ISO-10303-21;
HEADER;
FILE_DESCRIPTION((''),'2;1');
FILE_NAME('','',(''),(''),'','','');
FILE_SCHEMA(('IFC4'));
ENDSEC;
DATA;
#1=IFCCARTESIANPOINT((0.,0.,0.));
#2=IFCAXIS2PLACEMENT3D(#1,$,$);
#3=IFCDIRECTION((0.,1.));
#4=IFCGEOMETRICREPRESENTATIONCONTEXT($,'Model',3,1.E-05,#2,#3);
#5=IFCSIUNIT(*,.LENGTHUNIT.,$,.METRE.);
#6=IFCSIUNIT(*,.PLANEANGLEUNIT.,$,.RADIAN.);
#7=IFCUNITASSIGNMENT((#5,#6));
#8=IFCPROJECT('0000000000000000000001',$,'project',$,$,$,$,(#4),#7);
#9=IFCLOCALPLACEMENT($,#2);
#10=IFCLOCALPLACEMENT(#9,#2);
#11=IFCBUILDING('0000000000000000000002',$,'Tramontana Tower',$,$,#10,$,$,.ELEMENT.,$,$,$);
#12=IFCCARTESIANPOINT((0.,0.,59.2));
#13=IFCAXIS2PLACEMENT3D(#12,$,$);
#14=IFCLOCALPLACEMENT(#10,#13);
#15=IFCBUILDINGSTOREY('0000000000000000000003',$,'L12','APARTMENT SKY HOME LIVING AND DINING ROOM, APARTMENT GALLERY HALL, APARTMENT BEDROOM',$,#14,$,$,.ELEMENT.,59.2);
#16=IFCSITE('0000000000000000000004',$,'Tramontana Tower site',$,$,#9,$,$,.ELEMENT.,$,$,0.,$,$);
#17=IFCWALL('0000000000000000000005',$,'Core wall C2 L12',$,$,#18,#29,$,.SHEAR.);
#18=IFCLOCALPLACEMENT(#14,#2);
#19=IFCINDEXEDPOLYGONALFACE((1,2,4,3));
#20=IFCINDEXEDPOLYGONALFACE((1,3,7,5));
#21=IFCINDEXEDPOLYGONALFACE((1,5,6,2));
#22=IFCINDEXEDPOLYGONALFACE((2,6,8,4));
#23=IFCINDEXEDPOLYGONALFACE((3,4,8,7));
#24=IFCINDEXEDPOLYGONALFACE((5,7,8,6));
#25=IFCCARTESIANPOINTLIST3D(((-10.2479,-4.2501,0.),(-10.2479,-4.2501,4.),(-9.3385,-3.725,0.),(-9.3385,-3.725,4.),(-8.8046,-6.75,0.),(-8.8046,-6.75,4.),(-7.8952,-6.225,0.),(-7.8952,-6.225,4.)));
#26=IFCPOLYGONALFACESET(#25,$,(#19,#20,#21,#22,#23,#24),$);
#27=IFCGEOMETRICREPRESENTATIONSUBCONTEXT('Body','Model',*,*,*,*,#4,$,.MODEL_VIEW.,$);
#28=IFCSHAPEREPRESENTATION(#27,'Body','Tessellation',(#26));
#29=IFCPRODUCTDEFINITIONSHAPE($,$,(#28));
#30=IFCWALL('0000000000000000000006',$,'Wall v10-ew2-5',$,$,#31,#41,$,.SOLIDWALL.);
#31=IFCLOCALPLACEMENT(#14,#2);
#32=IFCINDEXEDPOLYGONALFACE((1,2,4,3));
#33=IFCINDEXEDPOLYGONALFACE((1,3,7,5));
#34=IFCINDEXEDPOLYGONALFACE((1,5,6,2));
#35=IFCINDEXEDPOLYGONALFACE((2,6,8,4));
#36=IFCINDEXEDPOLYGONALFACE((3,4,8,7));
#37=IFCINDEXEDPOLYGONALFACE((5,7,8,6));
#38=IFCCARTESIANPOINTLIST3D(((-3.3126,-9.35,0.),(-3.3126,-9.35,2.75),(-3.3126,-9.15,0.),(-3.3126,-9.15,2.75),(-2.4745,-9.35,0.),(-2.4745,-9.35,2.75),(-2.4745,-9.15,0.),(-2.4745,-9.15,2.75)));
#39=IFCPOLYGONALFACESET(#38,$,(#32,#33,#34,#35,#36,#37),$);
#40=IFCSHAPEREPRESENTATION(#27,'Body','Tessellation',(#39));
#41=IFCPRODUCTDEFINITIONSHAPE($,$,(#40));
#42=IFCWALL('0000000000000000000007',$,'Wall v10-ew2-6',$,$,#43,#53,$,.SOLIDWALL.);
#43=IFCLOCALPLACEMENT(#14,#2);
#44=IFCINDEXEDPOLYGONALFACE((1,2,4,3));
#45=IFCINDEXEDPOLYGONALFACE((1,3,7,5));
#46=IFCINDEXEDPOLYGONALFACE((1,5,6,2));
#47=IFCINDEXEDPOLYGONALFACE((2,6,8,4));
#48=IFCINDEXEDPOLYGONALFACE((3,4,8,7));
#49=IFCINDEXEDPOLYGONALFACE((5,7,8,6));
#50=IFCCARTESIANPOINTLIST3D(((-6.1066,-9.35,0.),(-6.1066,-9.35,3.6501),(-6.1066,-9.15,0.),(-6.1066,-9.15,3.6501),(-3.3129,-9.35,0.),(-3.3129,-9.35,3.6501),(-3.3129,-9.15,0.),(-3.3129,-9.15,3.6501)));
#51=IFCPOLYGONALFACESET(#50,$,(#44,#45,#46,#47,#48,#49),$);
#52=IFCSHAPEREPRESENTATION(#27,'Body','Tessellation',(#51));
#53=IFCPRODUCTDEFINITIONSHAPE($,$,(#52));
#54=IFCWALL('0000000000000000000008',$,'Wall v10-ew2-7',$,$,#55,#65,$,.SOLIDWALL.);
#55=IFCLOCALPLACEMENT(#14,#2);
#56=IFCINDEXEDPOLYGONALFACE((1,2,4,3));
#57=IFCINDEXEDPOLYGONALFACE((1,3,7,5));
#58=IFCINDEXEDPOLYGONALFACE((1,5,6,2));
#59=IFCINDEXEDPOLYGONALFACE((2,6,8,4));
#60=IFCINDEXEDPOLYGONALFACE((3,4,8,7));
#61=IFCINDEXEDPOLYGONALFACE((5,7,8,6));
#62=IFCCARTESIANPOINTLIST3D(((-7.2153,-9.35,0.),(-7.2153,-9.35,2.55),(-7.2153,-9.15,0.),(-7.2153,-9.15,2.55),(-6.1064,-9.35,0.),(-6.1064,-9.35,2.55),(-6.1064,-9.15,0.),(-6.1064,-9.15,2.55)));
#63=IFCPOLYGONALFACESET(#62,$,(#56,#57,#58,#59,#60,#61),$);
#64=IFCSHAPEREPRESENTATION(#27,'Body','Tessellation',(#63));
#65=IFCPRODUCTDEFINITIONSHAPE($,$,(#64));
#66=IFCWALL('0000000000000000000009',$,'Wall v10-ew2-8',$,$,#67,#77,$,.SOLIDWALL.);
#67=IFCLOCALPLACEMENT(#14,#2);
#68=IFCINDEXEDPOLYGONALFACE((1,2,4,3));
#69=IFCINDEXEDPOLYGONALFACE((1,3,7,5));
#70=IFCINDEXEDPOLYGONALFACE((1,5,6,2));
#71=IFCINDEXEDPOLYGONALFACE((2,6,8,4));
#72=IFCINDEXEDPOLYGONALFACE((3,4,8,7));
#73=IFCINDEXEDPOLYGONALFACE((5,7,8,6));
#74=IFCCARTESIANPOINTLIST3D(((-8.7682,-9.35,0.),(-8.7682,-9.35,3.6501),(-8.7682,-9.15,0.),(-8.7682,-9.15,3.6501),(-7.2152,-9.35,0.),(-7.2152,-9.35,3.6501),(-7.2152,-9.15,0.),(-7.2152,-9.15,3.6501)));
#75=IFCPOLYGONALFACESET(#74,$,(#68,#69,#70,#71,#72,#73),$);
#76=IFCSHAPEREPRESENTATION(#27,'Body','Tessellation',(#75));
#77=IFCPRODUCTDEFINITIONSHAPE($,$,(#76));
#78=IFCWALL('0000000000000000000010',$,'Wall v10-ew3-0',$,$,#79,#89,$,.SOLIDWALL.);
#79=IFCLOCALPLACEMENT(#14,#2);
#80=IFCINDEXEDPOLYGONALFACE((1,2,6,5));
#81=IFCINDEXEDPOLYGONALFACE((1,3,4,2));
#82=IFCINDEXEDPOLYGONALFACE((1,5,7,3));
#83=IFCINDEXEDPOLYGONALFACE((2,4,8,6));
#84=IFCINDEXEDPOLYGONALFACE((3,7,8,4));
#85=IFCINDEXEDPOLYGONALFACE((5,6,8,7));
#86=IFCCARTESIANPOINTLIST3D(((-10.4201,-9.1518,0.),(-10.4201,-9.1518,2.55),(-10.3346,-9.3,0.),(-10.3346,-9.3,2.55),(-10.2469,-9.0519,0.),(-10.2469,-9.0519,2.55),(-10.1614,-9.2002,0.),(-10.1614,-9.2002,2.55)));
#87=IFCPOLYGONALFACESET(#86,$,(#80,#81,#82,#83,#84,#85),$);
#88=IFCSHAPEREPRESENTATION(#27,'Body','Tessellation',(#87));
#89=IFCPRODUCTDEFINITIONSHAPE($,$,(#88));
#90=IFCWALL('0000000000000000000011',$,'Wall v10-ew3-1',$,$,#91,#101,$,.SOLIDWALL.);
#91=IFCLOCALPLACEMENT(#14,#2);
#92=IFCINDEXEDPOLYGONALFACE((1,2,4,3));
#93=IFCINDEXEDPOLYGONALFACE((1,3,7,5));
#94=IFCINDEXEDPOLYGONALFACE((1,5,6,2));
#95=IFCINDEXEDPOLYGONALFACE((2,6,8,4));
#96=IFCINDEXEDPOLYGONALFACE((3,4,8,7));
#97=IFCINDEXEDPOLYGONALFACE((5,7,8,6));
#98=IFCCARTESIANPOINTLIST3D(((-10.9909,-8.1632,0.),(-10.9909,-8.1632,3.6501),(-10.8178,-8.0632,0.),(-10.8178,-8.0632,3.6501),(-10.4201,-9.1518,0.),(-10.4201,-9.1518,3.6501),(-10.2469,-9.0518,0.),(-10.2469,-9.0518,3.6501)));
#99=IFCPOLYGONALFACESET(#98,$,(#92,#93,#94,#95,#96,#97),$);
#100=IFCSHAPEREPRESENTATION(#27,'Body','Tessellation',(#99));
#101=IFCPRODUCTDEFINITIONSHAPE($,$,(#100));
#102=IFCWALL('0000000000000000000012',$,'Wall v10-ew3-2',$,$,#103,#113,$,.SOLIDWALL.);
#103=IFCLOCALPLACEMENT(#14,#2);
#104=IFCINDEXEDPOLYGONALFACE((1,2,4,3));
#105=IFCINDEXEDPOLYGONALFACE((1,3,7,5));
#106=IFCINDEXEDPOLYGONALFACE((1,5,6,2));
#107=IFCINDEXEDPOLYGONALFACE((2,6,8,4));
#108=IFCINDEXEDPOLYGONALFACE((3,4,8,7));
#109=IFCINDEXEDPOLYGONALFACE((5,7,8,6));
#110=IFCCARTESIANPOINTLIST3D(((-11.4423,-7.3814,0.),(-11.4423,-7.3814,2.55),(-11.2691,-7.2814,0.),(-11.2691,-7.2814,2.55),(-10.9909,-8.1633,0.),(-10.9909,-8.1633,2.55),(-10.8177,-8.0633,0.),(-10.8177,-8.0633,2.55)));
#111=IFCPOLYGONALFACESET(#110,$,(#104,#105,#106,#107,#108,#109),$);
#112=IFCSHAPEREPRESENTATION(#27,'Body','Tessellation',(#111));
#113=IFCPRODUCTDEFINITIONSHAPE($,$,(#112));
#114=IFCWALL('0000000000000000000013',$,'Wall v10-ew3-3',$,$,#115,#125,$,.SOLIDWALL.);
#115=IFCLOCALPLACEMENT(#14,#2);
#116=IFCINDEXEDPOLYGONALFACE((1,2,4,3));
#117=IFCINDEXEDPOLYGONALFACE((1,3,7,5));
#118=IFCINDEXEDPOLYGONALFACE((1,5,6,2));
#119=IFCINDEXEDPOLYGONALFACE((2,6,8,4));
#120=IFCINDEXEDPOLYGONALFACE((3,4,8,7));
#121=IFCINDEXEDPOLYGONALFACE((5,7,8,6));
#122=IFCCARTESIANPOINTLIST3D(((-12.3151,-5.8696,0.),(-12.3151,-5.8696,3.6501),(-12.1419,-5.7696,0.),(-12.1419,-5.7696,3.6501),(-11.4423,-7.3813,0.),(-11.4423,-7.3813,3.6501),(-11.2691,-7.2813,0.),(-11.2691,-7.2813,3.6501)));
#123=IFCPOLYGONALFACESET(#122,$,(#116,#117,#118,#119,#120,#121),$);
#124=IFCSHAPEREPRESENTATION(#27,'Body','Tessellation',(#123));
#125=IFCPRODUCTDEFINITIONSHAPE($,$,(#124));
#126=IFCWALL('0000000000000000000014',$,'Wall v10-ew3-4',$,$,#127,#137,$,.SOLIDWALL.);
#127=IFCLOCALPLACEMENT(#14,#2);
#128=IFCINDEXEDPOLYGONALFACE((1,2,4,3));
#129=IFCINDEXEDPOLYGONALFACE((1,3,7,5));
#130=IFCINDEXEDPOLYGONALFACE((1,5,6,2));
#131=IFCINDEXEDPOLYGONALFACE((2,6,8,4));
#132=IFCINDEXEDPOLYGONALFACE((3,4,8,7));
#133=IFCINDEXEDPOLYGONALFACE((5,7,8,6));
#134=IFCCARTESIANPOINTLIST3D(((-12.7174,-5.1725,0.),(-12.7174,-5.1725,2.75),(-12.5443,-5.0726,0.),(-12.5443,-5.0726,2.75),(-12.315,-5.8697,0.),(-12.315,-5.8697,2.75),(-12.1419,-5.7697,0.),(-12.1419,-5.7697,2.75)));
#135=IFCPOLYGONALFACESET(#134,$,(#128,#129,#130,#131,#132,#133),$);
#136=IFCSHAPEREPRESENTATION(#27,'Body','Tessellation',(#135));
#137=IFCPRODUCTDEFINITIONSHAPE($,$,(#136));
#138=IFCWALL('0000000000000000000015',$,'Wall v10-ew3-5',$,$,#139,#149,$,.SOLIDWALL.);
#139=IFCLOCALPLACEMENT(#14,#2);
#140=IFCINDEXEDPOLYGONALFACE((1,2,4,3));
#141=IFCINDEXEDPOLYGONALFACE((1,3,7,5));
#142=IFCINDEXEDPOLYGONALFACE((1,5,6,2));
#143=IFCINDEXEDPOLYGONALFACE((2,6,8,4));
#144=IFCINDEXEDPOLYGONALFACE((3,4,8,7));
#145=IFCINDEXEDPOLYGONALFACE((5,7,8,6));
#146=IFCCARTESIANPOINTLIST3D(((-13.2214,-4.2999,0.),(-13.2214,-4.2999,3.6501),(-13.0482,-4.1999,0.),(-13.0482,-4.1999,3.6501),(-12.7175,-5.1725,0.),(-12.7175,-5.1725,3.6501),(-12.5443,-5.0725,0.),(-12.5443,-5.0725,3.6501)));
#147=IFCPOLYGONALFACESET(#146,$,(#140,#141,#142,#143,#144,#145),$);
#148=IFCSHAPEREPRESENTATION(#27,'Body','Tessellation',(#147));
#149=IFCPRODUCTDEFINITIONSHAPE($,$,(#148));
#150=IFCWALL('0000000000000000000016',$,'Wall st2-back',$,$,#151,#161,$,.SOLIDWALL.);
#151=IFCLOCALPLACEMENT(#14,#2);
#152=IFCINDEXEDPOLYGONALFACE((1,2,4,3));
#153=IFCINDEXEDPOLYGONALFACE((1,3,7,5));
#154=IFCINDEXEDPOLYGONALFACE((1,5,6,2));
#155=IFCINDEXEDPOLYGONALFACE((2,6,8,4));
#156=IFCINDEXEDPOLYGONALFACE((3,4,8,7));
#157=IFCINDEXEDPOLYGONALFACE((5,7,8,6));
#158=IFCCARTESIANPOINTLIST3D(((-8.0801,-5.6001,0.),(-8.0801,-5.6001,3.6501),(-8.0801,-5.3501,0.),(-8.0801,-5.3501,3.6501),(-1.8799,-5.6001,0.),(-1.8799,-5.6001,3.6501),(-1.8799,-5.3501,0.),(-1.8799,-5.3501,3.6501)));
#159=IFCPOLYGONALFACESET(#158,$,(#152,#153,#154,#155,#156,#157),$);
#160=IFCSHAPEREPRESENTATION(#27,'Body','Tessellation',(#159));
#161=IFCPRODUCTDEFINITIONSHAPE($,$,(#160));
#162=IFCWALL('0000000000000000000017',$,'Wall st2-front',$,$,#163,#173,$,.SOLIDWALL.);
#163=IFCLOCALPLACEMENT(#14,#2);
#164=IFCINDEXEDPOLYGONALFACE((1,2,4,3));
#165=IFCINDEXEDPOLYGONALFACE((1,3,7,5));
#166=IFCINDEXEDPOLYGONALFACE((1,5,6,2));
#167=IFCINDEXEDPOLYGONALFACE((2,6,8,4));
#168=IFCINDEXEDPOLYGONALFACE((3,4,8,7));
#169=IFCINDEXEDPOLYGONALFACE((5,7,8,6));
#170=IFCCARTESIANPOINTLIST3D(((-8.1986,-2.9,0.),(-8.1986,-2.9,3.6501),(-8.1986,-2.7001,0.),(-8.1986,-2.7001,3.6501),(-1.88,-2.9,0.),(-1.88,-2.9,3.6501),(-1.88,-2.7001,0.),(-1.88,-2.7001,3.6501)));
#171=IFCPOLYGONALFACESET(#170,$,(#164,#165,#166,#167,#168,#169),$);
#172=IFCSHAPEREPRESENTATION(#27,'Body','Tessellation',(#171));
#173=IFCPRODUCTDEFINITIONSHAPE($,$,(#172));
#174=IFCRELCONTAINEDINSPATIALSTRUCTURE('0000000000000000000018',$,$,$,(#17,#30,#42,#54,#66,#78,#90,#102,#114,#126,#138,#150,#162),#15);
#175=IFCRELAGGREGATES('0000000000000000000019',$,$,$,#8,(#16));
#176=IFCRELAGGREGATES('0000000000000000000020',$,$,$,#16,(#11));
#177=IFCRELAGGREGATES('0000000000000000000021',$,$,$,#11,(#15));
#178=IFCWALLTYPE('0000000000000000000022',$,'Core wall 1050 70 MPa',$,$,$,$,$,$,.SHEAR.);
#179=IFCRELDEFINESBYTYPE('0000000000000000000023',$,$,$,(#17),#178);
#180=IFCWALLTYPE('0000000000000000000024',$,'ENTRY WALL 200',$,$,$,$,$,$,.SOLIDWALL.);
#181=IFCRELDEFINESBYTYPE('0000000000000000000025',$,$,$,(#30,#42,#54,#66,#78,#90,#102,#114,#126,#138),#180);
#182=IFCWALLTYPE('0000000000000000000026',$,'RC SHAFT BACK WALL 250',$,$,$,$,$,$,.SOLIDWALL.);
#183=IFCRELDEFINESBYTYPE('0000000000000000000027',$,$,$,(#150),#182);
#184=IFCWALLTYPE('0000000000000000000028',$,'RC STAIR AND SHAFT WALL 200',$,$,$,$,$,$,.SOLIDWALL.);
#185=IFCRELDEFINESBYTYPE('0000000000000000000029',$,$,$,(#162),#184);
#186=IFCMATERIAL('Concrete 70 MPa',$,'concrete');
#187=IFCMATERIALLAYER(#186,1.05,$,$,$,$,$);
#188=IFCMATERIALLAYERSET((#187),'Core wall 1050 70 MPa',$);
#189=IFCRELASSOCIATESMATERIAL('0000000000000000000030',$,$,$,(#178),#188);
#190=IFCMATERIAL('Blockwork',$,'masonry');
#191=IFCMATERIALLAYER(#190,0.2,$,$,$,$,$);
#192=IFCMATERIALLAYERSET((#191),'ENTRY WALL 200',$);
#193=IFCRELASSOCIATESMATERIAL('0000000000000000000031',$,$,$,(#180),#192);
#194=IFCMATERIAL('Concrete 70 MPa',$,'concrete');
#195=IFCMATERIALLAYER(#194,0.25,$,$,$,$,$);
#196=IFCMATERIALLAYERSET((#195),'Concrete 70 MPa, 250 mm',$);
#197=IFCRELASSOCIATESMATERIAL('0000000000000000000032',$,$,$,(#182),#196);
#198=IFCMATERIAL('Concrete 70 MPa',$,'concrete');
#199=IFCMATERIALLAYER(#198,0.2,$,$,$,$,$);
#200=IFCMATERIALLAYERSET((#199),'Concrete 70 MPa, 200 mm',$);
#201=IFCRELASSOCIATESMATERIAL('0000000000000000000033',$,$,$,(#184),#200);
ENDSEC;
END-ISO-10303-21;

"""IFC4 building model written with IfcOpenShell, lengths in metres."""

from ifc_helpers import new_model, si_unit, direction, frame, frame_2d, origin, place, context, subcontext, project, spatial, rectangle, extrude, material, layer, layer_set, type_object, element, save


model = new_model("IFC4")

# Units and contexts
model_context = context("Model", 3, precision=1e-05, world=origin(), true_north=direction((0.0, 1.0)))
body_context = subcontext(model_context, "Body", "Model", "MODEL_VIEW")
ifc_project = project(units=[si_unit("LENGTHUNIT", "METRE"), si_unit("PLANEANGLEUNIT", "RADIAN")], contexts=[model_context])

# Site, building, storey
site_placement = place(None, origin())
site = spatial("IfcSite", under=ifc_project, at=site_placement, Name="Tramontana Tower site", CompositionType="ELEMENT", RefElevation=0.0)
building_placement = place(site_placement, origin())
building = spatial("IfcBuilding", under=site, at=building_placement, Name="Tramontana Tower", CompositionType="ELEMENT")
storey_placement = place(building_placement, frame((0.0, 0.0, 59.2)))
storey = spatial("IfcBuildingStorey", under=building, at=storey_placement, Name="L12", Description="APARTMENT SKY HOME LIVING AND DINING ROOM, APARTMENT GALLERY HALL, APARTMENT BEDROOM", CompositionType="ELEMENT", Elevation=59.2)

# Wall
ifc_material_1 = material(Name="Concrete 70 MPa", Category="concrete")
ifc_layer_1 = layer(ifc_material_1, 1.05)
ifc_layer_set_1 = layer_set([ifc_layer_1], Name="Core wall 1050 70 MPa")
wall_type_1 = type_object("IfcWallType", Name="Core wall 1050 70 MPa", PredefinedType="SHEAR", material=ifc_layer_set_1)
wall_1_placement = place(storey_placement, frame((-9.7932, -3.9875, 0.0), z_axis=(0.0, 0.0, 1.0), x_axis=(0.499996, -0.866028, 0.0)))
element("IfcWall", 1, at=wall_1_placement, inside=storey, type_object=wall_type_1, Name="Core wall C2 L12", PredefinedType="SHEAR", context=body_context, shape_type="SweptSolid", body=[
    extrude(rectangle(XDim=2.8867, YDim=1.05, at=frame_2d((1.4434, 0.0))), origin(), (0.0, 0.0, 1.0), 4.0),
])

# Walls
ifc_material_2 = material(Name="Blockwork", Category="masonry")
ifc_layer_2 = layer(ifc_material_2, 0.2)
ifc_layer_set_2 = layer_set([ifc_layer_2], Name="ENTRY WALL 200")
wall_type_2 = type_object("IfcWallType", Name="ENTRY WALL 200", PredefinedType="SOLIDWALL", material=ifc_layer_set_2)
wall_2_placement = place(storey_placement, frame((-2.4746, -9.25, 0.0), z_axis=(0.0, 0.0, 1.0), x_axis=(-1.0, 0.0, 0.0)))
element("IfcWall", 2, at=wall_2_placement, inside=storey, type_object=wall_type_2, Name="Wall v10-ew2-5", PredefinedType="SOLIDWALL", context=body_context, shape_type="SweptSolid", body=[
    extrude(rectangle(XDim=0.8381, YDim=0.2, at=frame_2d((0.4189, 0.0))), origin(), (0.0, 0.0, 1.0), 2.75),
])
wall_3_placement = place(storey_placement, frame((-3.3127, -9.25, 0.0), z_axis=(0.0, 0.0, 1.0), x_axis=(-1.0, 0.0, 0.0)))
element("IfcWall", 3, at=wall_3_placement, inside=storey, type_object=wall_type_2, Name="Wall v10-ew2-6", PredefinedType="SOLIDWALL", context=body_context, shape_type="SweptSolid", body=[
    extrude(rectangle(XDim=2.7937, YDim=0.2, at=frame_2d((1.397, 0.0))), origin(), (0.0, 0.0, 1.0), 3.6501),
])
wall_4_placement = place(storey_placement, frame((-6.1064, -9.25, 0.0), z_axis=(0.0, 0.0, 1.0), x_axis=(-1.0, 0.0, 0.0)))
element("IfcWall", 4, at=wall_4_placement, inside=storey, type_object=wall_type_2, Name="Wall v10-ew2-7", PredefinedType="SOLIDWALL", context=body_context, shape_type="SweptSolid", body=[
    extrude(rectangle(XDim=1.1089, YDim=0.2, at=frame_2d((0.5544, 0.0))), origin(), (0.0, 0.0, 1.0), 2.55),
])
wall_5_placement = place(storey_placement, frame((-7.2153, -9.25, 0.0), z_axis=(0.0, 0.0, 1.0), x_axis=(-1.0, 0.0, 0.0)))
element("IfcWall", 5, at=wall_5_placement, inside=storey, type_object=wall_type_2, Name="Wall v10-ew2-8", PredefinedType="SOLIDWALL", context=body_context, shape_type="SweptSolid", body=[
    extrude(rectangle(XDim=1.553, YDim=0.2, at=frame_2d((0.7764, 0.0))), origin(), (0.0, 0.0, 1.0), 3.6501),
])

# Walls
wall_6_placement = place(storey_placement, frame((-10.248, -9.25, 0.0), z_axis=(0.0, 0.0, 1.0), x_axis=(-0.499517, 0.866304, 0.0)))
element("IfcWall", 6, at=wall_6_placement, inside=storey, type_object=wall_type_2, Name="Wall v10-ew3-0", PredefinedType="SOLIDWALL", context=body_context, shape_type="SweptSolid", body=[
    extrude(rectangle(XDim=0.1711, YDim=0.2, at=frame_2d((0.0854, 0.0))), origin(), (0.0, 0.0, 1.0), 2.55),
])
wall_7_placement = place(storey_placement, frame((-10.3335, -9.1018, 0.0), z_axis=(0.0, 0.0, 1.0), x_axis=(-0.50005, 0.865997, 0.0)))
element("IfcWall", 7, at=wall_7_placement, inside=storey, type_object=wall_type_2, Name="Wall v10-ew3-1", PredefinedType="SOLIDWALL", context=body_context, shape_type="SweptSolid", body=[
    extrude(rectangle(XDim=1.1416, YDim=0.2, at=frame_2d((0.5708, 0.0))), origin(), (0.0, 0.0, 1.0), 3.6501),
])
wall_8_placement = place(storey_placement, frame((-10.9043, -8.1133, 0.0), z_axis=(0.0, 0.0, 1.0), x_axis=(-0.499949, 0.866055, 0.0)))
element("IfcWall", 8, at=wall_8_placement, inside=storey, type_object=wall_type_2, Name="Wall v10-ew3-2", PredefinedType="SOLIDWALL", context=body_context, shape_type="SweptSolid", body=[
    extrude(rectangle(XDim=0.9028, YDim=0.2, at=frame_2d((0.4514, 0.0))), origin(), (0.0, 0.0, 1.0), 2.55),
])
wall_9_placement = place(storey_placement, frame((-11.3557, -7.3313, 0.0), z_axis=(0.0, 0.0, 1.0), x_axis=(-0.500005, 0.866023, 0.0)))
element("IfcWall", 9, at=wall_9_placement, inside=storey, type_object=wall_type_2, Name="Wall v10-ew3-3", PredefinedType="SOLIDWALL", context=body_context, shape_type="SweptSolid", body=[
    extrude(rectangle(XDim=1.7456, YDim=0.2, at=frame_2d((0.8728, 0.0))), origin(), (0.0, 0.0, 1.0), 3.6501),
])
wall_10_placement = place(storey_placement, frame((-12.2285, -5.8196, 0.0), z_axis=(0.0, 0.0, 1.0), x_axis=(-0.499924, 0.866069, 0.0)))
element("IfcWall", 10, at=wall_10_placement, inside=storey, type_object=wall_type_2, Name="Wall v10-ew3-4", PredefinedType="SOLIDWALL", context=body_context, shape_type="SweptSolid", body=[
    extrude(rectangle(XDim=0.8049, YDim=0.2, at=frame_2d((0.4023, 0.0))), origin(), (0.0, 0.0, 1.0), 2.75),
])
wall_11_placement = place(storey_placement, frame((-12.6309, -5.1226, 0.0), z_axis=(0.0, 0.0, 1.0), x_axis=(-0.5001, 0.865968, 0.0)))
element("IfcWall", 11, at=wall_11_placement, inside=storey, type_object=wall_type_2, Name="Wall v10-ew3-5", PredefinedType="SOLIDWALL", context=body_context, shape_type="SweptSolid", body=[
    extrude(rectangle(XDim=1.0076, YDim=0.2, at=frame_2d((0.5039, 0.0))), origin(), (0.0, 0.0, 1.0), 3.6501),
])
ifc_material_3 = material(Name="Concrete 70 MPa", Category="concrete")
ifc_layer_3 = layer(ifc_material_3, 0.25)
ifc_layer_set_3 = layer_set([ifc_layer_3], Name="Concrete 70 MPa, 250 mm")
wall_type_3 = type_object("IfcWallType", Name="RC SHAFT BACK WALL 250", PredefinedType="SOLIDWALL", material=ifc_layer_set_3)
wall_12_placement = place(storey_placement, frame((-8.0801, -5.4751, 0.0), z_axis=(0.0, 0.0, 1.0), x_axis=(1.0, 0.0, 0.0)))
element("IfcWall", 12, at=wall_12_placement, inside=storey, type_object=wall_type_3, Name="Wall st2-back", PredefinedType="SOLIDWALL", context=body_context, shape_type="SweptSolid", body=[
    extrude(rectangle(XDim=6.2002, YDim=0.25, at=frame_2d((3.1001, 0.0))), origin(), (0.0, 0.0, 1.0), 3.6501),
])
ifc_material_4 = material(Name="Concrete 70 MPa", Category="concrete")
ifc_layer_4 = layer(ifc_material_4, 0.2)
ifc_layer_set_4 = layer_set([ifc_layer_4], Name="Concrete 70 MPa, 200 mm")
wall_type_4 = type_object("IfcWallType", Name="RC STAIR AND SHAFT WALL 200", PredefinedType="SOLIDWALL", material=ifc_layer_set_4)
wall_13_placement = place(storey_placement, frame((-8.1985, -2.8, 0.0), z_axis=(0.0, 0.0, 1.0), x_axis=(1.0, 0.0, 0.0)))
element("IfcWall", 13, at=wall_13_placement, inside=storey, type_object=wall_type_4, Name="Wall st2-front", PredefinedType="SOLIDWALL", context=body_context, shape_type="SweptSolid", body=[
    extrude(rectangle(XDim=6.3186, YDim=0.2, at=frame_2d((3.1592, 0.0))), origin(), (0.0, 0.0, 1.0), 3.6501),
])

save(model, "model.ifc")
